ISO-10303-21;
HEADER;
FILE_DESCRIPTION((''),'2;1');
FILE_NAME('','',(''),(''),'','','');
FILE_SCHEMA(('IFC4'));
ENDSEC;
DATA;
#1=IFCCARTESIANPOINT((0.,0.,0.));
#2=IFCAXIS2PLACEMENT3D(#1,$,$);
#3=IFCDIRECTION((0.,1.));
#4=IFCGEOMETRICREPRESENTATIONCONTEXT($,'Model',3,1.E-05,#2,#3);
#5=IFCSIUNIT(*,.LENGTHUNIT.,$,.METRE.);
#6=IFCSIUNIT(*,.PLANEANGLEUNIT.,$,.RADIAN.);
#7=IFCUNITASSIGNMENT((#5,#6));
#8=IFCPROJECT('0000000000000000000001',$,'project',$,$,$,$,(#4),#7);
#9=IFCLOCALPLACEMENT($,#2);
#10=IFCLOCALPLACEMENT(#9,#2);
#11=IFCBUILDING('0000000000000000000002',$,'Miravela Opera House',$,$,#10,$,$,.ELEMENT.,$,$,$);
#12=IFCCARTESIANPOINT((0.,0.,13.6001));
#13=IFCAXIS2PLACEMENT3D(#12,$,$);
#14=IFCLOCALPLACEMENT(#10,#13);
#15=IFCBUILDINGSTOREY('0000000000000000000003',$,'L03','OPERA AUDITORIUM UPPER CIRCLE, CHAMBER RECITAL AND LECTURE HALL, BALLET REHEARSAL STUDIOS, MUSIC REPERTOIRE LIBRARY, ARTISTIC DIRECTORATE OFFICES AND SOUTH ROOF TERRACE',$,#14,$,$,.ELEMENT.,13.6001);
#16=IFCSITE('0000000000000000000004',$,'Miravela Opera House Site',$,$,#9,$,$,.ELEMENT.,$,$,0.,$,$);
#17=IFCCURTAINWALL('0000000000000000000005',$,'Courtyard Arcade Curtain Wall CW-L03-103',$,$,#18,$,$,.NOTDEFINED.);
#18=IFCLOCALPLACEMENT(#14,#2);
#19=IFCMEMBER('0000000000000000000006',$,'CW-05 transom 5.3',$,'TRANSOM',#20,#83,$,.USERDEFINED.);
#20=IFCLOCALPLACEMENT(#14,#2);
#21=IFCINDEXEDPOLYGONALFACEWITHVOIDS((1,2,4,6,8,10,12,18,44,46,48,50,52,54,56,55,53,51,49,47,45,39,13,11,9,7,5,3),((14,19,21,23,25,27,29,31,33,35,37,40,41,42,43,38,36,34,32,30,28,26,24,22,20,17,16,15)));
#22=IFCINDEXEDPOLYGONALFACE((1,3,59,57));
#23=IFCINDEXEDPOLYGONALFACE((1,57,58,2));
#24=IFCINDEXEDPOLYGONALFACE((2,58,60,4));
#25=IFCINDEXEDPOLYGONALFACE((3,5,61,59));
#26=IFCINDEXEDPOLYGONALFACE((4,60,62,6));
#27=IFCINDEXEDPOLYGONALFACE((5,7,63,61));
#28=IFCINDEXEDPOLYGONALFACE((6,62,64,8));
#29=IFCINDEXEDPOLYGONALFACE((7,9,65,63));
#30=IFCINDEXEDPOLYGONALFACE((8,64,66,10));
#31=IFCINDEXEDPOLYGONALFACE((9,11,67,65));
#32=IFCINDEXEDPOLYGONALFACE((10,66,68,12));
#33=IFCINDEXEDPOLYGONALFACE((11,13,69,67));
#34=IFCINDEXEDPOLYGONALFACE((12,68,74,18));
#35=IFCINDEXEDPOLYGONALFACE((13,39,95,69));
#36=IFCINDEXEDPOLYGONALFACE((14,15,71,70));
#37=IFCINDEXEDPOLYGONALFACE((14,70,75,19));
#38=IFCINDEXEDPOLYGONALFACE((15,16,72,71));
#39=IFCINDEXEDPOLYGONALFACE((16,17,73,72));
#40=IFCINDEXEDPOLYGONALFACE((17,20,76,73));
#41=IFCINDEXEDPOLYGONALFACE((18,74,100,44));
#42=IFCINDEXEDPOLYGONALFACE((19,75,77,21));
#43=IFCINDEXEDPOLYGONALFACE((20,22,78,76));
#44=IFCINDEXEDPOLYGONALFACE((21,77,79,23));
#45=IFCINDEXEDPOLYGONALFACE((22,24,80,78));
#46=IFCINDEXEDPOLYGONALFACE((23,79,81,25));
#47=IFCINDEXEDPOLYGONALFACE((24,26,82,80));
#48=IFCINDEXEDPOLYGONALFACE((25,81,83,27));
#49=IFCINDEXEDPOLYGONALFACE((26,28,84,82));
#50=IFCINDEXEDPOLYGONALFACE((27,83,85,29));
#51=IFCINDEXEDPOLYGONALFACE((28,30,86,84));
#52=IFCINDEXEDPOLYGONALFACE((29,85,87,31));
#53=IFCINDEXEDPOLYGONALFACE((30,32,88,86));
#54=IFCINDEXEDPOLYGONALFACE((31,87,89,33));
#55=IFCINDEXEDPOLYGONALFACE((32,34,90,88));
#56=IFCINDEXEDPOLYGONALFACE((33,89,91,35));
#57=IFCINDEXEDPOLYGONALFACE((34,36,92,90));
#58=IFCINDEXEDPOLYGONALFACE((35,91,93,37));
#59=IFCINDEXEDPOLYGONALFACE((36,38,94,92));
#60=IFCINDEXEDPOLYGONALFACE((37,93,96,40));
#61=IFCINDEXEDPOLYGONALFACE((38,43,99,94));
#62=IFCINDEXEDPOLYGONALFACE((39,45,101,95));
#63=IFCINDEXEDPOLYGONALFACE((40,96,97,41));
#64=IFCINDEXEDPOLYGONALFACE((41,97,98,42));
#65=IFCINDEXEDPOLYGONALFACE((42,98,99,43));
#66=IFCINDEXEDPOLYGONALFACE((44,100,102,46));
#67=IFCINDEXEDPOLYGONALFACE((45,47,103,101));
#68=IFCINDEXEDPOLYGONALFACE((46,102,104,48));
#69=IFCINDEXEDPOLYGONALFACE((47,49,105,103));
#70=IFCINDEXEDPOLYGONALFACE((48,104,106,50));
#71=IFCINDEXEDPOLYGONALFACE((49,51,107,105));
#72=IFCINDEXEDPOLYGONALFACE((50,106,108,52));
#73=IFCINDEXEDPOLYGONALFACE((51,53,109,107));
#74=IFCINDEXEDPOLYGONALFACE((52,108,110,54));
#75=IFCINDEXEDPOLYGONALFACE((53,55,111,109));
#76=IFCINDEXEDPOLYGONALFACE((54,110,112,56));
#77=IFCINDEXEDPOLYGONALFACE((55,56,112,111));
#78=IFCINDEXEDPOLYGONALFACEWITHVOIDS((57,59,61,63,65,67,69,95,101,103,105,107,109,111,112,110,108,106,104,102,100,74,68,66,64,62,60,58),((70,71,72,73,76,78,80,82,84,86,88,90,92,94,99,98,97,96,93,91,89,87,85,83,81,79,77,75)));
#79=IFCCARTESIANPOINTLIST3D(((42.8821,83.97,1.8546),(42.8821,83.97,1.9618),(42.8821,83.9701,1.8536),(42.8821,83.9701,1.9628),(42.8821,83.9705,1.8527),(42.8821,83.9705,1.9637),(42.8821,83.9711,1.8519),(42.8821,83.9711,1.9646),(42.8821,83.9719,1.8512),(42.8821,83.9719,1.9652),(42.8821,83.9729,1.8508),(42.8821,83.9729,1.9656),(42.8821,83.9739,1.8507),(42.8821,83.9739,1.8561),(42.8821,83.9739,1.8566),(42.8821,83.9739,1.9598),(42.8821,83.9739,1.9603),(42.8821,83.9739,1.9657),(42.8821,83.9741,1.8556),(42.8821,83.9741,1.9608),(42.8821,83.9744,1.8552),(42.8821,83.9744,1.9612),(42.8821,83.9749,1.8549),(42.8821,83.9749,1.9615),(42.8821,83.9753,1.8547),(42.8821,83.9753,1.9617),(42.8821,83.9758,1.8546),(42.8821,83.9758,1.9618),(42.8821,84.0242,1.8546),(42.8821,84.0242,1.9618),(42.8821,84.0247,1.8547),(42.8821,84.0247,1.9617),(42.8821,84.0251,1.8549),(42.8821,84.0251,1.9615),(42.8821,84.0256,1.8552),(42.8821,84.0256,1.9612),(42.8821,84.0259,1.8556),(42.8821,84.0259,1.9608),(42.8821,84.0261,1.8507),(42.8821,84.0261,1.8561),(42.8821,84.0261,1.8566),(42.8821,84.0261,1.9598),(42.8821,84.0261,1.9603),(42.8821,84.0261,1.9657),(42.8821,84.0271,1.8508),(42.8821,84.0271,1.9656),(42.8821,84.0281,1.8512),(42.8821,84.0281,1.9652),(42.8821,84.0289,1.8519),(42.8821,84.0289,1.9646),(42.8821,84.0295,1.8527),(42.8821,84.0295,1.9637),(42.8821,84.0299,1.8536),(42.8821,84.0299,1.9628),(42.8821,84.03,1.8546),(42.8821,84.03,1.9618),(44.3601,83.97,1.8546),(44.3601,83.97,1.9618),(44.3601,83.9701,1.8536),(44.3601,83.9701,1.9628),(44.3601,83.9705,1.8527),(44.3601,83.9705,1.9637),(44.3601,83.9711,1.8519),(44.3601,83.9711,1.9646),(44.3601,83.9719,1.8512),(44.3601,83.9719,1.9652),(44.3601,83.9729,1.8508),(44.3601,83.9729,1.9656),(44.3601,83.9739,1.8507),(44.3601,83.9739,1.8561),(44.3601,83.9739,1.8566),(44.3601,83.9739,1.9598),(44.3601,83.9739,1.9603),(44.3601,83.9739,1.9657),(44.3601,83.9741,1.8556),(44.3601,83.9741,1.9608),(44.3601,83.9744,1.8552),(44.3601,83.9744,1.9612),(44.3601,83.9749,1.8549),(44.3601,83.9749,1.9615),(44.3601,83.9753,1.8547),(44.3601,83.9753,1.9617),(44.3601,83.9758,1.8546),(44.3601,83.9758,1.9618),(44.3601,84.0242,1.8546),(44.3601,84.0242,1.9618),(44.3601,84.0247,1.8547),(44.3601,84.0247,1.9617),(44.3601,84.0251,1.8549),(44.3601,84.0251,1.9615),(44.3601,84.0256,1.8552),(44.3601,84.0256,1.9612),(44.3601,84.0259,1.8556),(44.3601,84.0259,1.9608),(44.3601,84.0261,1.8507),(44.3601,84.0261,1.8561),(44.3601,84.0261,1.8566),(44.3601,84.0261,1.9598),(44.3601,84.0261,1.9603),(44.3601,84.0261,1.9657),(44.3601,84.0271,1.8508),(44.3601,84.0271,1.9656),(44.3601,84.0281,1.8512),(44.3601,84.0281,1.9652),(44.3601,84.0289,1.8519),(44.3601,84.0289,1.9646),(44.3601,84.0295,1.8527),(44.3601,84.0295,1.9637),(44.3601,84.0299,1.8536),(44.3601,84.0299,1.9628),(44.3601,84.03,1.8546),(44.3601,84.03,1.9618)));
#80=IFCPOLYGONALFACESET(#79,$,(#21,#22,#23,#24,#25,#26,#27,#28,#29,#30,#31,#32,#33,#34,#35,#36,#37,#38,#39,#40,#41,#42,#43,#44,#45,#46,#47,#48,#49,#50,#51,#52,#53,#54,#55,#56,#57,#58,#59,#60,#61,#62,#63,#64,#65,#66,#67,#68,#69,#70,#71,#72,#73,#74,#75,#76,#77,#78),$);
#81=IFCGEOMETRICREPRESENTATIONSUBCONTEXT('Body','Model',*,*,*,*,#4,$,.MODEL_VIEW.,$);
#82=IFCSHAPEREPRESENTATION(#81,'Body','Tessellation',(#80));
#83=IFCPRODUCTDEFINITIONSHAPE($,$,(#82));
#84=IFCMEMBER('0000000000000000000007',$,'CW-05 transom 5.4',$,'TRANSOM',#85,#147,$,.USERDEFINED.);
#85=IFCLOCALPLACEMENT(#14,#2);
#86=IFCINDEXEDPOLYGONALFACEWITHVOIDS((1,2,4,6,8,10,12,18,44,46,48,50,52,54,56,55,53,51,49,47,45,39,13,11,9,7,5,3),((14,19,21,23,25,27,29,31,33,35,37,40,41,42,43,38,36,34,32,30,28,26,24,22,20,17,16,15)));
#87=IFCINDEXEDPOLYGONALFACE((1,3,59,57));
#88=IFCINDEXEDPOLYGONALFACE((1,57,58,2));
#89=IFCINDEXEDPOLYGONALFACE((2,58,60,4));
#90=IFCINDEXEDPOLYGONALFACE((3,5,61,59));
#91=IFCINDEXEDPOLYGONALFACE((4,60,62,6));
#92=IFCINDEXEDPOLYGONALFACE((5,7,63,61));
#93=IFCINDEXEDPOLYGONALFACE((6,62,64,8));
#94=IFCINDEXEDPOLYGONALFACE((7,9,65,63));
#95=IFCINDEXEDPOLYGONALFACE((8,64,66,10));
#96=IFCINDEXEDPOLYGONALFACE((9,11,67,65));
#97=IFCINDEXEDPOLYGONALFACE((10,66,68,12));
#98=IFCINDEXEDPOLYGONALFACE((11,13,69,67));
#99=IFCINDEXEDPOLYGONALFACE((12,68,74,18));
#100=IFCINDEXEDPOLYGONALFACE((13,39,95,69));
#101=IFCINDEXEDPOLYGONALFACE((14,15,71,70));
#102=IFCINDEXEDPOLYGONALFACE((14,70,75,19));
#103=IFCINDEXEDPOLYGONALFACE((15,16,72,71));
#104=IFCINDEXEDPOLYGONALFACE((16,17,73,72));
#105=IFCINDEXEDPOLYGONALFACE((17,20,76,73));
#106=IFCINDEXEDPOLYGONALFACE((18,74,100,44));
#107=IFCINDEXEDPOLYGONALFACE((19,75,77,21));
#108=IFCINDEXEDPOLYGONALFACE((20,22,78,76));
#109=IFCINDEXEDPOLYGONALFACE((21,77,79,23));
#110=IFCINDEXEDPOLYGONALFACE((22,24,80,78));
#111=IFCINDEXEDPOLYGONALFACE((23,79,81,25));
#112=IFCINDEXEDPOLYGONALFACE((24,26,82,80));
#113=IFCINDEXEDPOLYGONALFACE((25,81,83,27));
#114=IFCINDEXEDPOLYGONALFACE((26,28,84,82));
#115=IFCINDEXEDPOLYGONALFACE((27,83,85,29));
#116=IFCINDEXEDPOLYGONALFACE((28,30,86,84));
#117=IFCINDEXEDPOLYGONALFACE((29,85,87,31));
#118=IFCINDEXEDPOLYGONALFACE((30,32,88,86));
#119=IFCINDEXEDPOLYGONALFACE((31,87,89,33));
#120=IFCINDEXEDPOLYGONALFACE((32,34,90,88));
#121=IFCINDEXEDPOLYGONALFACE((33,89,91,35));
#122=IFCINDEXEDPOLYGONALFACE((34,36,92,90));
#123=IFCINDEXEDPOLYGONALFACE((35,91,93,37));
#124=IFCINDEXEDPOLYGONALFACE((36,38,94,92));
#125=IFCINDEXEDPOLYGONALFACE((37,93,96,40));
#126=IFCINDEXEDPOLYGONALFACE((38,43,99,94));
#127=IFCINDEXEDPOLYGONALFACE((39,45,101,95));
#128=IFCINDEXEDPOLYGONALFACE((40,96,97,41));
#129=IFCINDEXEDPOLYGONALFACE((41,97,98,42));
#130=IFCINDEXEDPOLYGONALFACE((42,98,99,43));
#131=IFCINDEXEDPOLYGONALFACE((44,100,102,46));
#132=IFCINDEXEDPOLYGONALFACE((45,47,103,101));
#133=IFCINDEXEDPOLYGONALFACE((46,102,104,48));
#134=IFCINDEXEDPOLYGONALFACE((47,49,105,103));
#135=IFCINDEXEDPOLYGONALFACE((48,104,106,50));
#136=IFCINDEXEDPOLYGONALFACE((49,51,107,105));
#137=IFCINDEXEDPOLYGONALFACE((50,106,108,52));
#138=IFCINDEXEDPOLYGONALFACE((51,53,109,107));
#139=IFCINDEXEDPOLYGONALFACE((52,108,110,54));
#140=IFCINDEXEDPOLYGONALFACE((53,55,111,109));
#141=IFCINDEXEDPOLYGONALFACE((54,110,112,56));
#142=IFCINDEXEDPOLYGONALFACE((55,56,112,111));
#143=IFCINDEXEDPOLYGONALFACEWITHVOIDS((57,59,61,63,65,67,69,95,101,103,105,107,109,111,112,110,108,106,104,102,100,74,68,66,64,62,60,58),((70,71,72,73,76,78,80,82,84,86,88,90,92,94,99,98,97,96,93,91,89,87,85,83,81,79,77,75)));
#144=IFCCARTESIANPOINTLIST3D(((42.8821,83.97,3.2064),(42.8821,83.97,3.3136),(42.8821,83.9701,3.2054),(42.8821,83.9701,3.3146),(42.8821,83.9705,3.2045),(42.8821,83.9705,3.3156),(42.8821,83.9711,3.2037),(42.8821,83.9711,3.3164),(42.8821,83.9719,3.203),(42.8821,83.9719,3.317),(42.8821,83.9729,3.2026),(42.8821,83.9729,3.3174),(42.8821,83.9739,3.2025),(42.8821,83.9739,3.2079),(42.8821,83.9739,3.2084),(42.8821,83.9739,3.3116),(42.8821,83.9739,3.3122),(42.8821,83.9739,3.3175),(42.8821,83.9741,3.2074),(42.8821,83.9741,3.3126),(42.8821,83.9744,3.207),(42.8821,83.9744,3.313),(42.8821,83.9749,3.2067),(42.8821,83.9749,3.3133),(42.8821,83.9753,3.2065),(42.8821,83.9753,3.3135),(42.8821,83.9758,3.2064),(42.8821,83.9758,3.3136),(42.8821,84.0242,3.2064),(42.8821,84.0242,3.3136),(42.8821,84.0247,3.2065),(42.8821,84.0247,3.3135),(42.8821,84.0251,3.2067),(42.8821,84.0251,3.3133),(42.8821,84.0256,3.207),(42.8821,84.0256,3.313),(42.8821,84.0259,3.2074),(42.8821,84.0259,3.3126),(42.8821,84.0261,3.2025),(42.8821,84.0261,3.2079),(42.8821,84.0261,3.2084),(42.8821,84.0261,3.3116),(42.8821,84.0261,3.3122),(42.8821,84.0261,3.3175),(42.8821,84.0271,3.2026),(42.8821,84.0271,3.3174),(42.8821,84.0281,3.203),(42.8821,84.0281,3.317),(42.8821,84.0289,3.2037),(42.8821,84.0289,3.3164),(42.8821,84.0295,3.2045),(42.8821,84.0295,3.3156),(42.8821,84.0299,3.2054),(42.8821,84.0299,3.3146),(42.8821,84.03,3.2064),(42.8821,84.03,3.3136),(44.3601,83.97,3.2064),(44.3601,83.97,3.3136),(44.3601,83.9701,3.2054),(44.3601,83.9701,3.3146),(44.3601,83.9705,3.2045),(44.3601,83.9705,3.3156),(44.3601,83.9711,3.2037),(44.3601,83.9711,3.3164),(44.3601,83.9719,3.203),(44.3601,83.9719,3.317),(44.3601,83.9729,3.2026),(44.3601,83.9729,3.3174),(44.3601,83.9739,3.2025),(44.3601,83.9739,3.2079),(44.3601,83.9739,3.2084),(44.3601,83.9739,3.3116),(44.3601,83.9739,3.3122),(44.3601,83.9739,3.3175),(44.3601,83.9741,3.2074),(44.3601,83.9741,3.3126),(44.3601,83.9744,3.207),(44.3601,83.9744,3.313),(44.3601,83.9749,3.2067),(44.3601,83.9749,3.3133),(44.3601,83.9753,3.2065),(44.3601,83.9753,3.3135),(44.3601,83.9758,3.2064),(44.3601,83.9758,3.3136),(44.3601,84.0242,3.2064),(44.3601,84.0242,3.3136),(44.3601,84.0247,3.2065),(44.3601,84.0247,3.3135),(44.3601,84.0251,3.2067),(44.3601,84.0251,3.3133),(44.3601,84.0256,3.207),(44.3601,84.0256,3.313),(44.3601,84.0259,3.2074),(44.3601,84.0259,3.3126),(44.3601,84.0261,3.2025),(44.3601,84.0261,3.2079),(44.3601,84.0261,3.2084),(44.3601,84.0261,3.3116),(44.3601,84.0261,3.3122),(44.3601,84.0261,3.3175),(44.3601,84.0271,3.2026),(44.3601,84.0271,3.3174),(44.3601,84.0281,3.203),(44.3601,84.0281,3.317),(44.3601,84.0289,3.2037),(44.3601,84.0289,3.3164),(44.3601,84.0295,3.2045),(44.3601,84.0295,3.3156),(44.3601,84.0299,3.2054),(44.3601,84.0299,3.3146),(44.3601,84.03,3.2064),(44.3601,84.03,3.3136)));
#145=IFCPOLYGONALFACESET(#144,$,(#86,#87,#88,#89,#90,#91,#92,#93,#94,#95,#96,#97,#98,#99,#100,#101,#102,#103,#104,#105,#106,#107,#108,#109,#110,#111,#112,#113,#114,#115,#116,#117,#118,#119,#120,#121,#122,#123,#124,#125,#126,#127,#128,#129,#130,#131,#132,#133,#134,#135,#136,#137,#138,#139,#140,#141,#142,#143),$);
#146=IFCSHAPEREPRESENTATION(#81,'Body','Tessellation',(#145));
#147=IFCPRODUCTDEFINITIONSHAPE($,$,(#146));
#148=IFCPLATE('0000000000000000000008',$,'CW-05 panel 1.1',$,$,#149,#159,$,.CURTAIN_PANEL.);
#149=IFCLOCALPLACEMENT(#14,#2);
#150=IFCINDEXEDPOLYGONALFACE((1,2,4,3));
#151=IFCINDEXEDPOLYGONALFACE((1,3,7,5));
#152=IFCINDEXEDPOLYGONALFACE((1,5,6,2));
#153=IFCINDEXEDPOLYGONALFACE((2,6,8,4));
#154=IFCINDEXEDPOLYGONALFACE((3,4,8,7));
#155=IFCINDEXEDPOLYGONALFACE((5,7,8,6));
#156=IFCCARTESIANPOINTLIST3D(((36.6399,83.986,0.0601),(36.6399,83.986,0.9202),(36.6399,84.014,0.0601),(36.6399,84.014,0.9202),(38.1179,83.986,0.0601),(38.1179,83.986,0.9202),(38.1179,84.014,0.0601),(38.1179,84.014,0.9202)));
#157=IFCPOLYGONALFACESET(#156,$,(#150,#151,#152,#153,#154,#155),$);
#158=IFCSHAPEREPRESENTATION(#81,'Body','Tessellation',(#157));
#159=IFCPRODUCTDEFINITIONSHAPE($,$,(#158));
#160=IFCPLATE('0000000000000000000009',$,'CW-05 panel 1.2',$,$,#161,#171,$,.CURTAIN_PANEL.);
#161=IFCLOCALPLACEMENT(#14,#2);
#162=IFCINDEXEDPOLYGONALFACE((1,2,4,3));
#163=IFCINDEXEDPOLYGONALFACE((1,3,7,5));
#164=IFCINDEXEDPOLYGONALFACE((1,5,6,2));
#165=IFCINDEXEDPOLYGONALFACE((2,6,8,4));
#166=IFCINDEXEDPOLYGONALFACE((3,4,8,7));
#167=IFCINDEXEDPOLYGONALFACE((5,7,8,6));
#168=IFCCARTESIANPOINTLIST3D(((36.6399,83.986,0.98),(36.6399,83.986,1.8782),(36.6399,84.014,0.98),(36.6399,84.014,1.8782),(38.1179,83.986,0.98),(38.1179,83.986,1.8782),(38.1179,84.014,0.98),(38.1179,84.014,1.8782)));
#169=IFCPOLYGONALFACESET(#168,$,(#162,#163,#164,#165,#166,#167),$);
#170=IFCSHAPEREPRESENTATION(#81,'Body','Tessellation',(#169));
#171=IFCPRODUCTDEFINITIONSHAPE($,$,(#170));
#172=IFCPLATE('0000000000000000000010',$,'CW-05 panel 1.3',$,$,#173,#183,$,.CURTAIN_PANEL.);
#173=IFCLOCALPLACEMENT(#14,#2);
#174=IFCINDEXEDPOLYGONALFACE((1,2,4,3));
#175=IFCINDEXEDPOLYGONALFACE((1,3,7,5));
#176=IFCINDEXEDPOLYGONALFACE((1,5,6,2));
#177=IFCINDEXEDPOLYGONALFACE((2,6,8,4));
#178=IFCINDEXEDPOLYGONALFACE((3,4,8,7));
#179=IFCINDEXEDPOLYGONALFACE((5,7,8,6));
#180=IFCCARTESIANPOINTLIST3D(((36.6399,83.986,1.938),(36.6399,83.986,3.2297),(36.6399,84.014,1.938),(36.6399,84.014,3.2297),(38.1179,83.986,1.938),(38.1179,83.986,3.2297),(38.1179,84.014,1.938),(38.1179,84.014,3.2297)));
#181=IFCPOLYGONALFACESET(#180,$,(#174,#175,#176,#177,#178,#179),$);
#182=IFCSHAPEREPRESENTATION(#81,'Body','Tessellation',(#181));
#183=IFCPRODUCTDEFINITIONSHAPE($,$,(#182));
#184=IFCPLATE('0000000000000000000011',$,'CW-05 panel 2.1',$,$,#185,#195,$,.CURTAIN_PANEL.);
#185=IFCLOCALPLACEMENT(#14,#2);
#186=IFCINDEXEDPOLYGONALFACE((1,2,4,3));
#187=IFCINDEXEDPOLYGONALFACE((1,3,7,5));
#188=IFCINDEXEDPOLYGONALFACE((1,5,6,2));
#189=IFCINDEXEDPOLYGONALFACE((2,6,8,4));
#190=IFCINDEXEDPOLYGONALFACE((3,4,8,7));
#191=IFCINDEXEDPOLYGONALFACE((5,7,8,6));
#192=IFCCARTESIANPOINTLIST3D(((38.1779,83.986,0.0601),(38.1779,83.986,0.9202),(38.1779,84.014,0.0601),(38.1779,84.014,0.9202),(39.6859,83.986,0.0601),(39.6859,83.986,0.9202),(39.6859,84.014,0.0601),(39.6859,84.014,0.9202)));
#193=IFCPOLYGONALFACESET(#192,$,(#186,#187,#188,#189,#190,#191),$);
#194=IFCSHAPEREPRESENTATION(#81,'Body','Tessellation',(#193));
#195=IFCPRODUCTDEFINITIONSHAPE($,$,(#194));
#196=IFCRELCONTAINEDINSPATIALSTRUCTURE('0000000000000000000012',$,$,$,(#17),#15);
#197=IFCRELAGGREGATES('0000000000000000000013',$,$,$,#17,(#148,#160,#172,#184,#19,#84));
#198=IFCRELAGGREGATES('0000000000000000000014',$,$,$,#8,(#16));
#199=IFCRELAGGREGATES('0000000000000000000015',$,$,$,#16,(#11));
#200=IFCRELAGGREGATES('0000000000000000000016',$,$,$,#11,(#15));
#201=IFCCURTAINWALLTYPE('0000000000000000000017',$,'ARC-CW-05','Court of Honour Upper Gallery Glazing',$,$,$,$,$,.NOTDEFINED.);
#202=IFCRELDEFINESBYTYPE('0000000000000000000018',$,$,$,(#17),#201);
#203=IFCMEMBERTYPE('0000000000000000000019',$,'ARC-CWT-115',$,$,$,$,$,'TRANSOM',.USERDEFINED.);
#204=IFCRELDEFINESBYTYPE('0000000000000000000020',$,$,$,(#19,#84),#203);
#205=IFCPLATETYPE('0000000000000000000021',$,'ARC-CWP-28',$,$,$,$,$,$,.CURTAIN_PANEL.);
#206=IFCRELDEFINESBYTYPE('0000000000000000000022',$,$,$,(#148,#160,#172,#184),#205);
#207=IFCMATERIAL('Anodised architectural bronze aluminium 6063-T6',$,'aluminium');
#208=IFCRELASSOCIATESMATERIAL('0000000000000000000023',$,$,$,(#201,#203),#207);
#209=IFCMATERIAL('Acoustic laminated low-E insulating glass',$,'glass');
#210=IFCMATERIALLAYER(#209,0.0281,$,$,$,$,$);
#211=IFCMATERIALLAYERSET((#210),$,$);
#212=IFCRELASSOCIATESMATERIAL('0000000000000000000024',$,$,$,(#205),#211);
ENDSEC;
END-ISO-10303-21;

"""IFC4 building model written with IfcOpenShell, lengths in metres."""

from ifc_helpers import new_model, si_unit, direction, frame, origin, origin_2d, place, context, subcontext, project, spatial, rectangle, hollow_rectangle, extrude, material, layer, layer_set, material_profile, profile_set, type_object, element, aggregate, save


model = new_model("IFC4")

# Units and contexts
model_context = context("Model", 3, precision=1e-05, world=origin(), true_north=direction((0.0, 1.0)))
body_context = subcontext(model_context, "Body", "Model", "MODEL_VIEW")
ifc_project = project(units=[si_unit("LENGTHUNIT", "METRE"), si_unit("PLANEANGLEUNIT", "RADIAN")], contexts=[model_context])

# Site, building, storey
site_placement = place(None, origin())
site = spatial("IfcSite", under=ifc_project, at=site_placement, Name="Miravela Opera House Site", CompositionType="ELEMENT", RefElevation=0.0)
building_placement = place(site_placement, origin())
building = spatial("IfcBuilding", under=site, at=building_placement, Name="Miravela Opera House", CompositionType="ELEMENT")
storey_placement = place(building_placement, frame((0.0, 0.0, 13.6001)))
storey = spatial("IfcBuildingStorey", under=building, at=storey_placement, Name="L03", Description="OPERA AUDITORIUM UPPER CIRCLE, CHAMBER RECITAL AND LECTURE HALL, BALLET REHEARSAL STUDIOS, MUSIC REPERTOIRE LIBRARY, ARTISTIC DIRECTORATE OFFICES AND SOUTH ROOF TERRACE", CompositionType="ELEMENT", Elevation=13.6001)

# Curtain wall, members, plates
ifc_material_1 = material(Name="Anodised architectural bronze aluminium 6063-T6", Category="aluminium")
curtain_wall_type = type_object("IfcCurtainWallType", Name="ARC-CW-05", Description="Court of Honour Upper Gallery Glazing", PredefinedType="NOTDEFINED", material=ifc_material_1)
curtain_wall_placement = place(storey_placement, origin())
curtain_wall = element("IfcCurtainWall", 1, at=curtain_wall_placement, inside=storey, type_object=curtain_wall_type, Name="Courtyard Arcade Curtain Wall CW-L03-103", PredefinedType="NOTDEFINED")
ifc_material_profile_1 = material_profile(ifc_material_1, hollow_rectangle(XDim=0.0601, YDim=0.115, WallThickness=0.0039, InnerFilletRadius=0.002, OuterFilletRadius=0.0039, at=origin_2d()), Name="CWT-60X115")
ifc_profile_set_1 = profile_set([ifc_material_profile_1])
member_type_1 = type_object("IfcMemberType", Name="ARC-CWT-115", ElementType="TRANSOM", PredefinedType="USERDEFINED", material=ifc_profile_set_1)
member_1_placement = place(storey_placement, frame((42.8821, 84.0, 1.9082), z_axis=(1.0, 0.0, 0.0), x_axis=(0.0, 1.0, 0.0)))
member_1 = element("IfcMember", 2, at=member_1_placement, type_object=member_type_1, Name="CW-05 transom 5.3", ObjectType="TRANSOM", PredefinedType="USERDEFINED", context=body_context, shape_type="SweptSolid", body=[
    extrude(hollow_rectangle(XDim=0.0601, YDim=0.115, WallThickness=0.0039, InnerFilletRadius=0.002, OuterFilletRadius=0.0039, at=origin_2d()), origin(), (0.0, 0.0, 1.0), 1.478),
])
member_2_placement = place(storey_placement, frame((42.8821, 84.0, 3.26), z_axis=(1.0, 0.0, 0.0), x_axis=(0.0, 1.0, 0.0)))
member_2 = element("IfcMember", 3, at=member_2_placement, type_object=member_type_1, Name="CW-05 transom 5.4", ObjectType="TRANSOM", PredefinedType="USERDEFINED", context=body_context, shape_type="SweptSolid", body=[
    extrude(hollow_rectangle(XDim=0.0601, YDim=0.115, WallThickness=0.0039, InnerFilletRadius=0.002, OuterFilletRadius=0.0039, at=origin_2d()), origin(), (0.0, 0.0, 1.0), 1.478),
])
ifc_material_2 = material(Name="Acoustic laminated low-E insulating glass", Category="glass")
ifc_layer = layer(ifc_material_2, 0.0281)
ifc_layer_set = layer_set([ifc_layer])
plate_type = type_object("IfcPlateType", Name="ARC-CWP-28", PredefinedType="CURTAIN_PANEL", material=ifc_layer_set)
plate_1_placement = place(storey_placement, frame((37.3789, 84.0, 0.0601), z_axis=(0.0, 0.0, 1.0), x_axis=(1.0, 0.0, 0.0)))
plate_1 = element("IfcPlate", 4, at=plate_1_placement, type_object=plate_type, Name="CW-05 panel 1.1", PredefinedType="CURTAIN_PANEL", context=body_context, shape_type="SweptSolid", body=[
    extrude(rectangle(XDim=1.478, YDim=0.0281, at=origin_2d()), origin(), (0.0, 0.0, 1.0), 0.8601),
])
plate_2_placement = place(storey_placement, frame((37.3789, 84.0, 0.98), z_axis=(0.0, 0.0, 1.0), x_axis=(1.0, 0.0, 0.0)))
plate_2 = element("IfcPlate", 5, at=plate_2_placement, type_object=plate_type, Name="CW-05 panel 1.2", PredefinedType="CURTAIN_PANEL", context=body_context, shape_type="SweptSolid", body=[
    extrude(rectangle(XDim=1.478, YDim=0.0281, at=origin_2d()), origin(), (0.0, 0.0, 1.0), 0.8982),
])
plate_3_placement = place(storey_placement, frame((37.3789, 84.0, 1.938), z_axis=(0.0, 0.0, 1.0), x_axis=(1.0, 0.0, 0.0)))
plate_3 = element("IfcPlate", 6, at=plate_3_placement, type_object=plate_type, Name="CW-05 panel 1.3", PredefinedType="CURTAIN_PANEL", context=body_context, shape_type="SweptSolid", body=[
    extrude(rectangle(XDim=1.478, YDim=0.0281, at=origin_2d()), origin(), (0.0, 0.0, 1.0), 1.2917),
])
plate_4_placement = place(storey_placement, frame((38.9319, 84.0, 0.0601), z_axis=(0.0, 0.0, 1.0), x_axis=(1.0, 0.0, 0.0)))
plate_4 = element("IfcPlate", 7, at=plate_4_placement, type_object=plate_type, Name="CW-05 panel 2.1", PredefinedType="CURTAIN_PANEL", context=body_context, shape_type="SweptSolid", body=[
    extrude(rectangle(XDim=1.5081, YDim=0.0281, at=origin_2d()), origin(), (0.0, 0.0, 1.0), 0.8601),
])
aggregate(curtain_wall, [plate_1, plate_2, plate_3, plate_4, member_1, member_2])

save(model, "model.ifc")
